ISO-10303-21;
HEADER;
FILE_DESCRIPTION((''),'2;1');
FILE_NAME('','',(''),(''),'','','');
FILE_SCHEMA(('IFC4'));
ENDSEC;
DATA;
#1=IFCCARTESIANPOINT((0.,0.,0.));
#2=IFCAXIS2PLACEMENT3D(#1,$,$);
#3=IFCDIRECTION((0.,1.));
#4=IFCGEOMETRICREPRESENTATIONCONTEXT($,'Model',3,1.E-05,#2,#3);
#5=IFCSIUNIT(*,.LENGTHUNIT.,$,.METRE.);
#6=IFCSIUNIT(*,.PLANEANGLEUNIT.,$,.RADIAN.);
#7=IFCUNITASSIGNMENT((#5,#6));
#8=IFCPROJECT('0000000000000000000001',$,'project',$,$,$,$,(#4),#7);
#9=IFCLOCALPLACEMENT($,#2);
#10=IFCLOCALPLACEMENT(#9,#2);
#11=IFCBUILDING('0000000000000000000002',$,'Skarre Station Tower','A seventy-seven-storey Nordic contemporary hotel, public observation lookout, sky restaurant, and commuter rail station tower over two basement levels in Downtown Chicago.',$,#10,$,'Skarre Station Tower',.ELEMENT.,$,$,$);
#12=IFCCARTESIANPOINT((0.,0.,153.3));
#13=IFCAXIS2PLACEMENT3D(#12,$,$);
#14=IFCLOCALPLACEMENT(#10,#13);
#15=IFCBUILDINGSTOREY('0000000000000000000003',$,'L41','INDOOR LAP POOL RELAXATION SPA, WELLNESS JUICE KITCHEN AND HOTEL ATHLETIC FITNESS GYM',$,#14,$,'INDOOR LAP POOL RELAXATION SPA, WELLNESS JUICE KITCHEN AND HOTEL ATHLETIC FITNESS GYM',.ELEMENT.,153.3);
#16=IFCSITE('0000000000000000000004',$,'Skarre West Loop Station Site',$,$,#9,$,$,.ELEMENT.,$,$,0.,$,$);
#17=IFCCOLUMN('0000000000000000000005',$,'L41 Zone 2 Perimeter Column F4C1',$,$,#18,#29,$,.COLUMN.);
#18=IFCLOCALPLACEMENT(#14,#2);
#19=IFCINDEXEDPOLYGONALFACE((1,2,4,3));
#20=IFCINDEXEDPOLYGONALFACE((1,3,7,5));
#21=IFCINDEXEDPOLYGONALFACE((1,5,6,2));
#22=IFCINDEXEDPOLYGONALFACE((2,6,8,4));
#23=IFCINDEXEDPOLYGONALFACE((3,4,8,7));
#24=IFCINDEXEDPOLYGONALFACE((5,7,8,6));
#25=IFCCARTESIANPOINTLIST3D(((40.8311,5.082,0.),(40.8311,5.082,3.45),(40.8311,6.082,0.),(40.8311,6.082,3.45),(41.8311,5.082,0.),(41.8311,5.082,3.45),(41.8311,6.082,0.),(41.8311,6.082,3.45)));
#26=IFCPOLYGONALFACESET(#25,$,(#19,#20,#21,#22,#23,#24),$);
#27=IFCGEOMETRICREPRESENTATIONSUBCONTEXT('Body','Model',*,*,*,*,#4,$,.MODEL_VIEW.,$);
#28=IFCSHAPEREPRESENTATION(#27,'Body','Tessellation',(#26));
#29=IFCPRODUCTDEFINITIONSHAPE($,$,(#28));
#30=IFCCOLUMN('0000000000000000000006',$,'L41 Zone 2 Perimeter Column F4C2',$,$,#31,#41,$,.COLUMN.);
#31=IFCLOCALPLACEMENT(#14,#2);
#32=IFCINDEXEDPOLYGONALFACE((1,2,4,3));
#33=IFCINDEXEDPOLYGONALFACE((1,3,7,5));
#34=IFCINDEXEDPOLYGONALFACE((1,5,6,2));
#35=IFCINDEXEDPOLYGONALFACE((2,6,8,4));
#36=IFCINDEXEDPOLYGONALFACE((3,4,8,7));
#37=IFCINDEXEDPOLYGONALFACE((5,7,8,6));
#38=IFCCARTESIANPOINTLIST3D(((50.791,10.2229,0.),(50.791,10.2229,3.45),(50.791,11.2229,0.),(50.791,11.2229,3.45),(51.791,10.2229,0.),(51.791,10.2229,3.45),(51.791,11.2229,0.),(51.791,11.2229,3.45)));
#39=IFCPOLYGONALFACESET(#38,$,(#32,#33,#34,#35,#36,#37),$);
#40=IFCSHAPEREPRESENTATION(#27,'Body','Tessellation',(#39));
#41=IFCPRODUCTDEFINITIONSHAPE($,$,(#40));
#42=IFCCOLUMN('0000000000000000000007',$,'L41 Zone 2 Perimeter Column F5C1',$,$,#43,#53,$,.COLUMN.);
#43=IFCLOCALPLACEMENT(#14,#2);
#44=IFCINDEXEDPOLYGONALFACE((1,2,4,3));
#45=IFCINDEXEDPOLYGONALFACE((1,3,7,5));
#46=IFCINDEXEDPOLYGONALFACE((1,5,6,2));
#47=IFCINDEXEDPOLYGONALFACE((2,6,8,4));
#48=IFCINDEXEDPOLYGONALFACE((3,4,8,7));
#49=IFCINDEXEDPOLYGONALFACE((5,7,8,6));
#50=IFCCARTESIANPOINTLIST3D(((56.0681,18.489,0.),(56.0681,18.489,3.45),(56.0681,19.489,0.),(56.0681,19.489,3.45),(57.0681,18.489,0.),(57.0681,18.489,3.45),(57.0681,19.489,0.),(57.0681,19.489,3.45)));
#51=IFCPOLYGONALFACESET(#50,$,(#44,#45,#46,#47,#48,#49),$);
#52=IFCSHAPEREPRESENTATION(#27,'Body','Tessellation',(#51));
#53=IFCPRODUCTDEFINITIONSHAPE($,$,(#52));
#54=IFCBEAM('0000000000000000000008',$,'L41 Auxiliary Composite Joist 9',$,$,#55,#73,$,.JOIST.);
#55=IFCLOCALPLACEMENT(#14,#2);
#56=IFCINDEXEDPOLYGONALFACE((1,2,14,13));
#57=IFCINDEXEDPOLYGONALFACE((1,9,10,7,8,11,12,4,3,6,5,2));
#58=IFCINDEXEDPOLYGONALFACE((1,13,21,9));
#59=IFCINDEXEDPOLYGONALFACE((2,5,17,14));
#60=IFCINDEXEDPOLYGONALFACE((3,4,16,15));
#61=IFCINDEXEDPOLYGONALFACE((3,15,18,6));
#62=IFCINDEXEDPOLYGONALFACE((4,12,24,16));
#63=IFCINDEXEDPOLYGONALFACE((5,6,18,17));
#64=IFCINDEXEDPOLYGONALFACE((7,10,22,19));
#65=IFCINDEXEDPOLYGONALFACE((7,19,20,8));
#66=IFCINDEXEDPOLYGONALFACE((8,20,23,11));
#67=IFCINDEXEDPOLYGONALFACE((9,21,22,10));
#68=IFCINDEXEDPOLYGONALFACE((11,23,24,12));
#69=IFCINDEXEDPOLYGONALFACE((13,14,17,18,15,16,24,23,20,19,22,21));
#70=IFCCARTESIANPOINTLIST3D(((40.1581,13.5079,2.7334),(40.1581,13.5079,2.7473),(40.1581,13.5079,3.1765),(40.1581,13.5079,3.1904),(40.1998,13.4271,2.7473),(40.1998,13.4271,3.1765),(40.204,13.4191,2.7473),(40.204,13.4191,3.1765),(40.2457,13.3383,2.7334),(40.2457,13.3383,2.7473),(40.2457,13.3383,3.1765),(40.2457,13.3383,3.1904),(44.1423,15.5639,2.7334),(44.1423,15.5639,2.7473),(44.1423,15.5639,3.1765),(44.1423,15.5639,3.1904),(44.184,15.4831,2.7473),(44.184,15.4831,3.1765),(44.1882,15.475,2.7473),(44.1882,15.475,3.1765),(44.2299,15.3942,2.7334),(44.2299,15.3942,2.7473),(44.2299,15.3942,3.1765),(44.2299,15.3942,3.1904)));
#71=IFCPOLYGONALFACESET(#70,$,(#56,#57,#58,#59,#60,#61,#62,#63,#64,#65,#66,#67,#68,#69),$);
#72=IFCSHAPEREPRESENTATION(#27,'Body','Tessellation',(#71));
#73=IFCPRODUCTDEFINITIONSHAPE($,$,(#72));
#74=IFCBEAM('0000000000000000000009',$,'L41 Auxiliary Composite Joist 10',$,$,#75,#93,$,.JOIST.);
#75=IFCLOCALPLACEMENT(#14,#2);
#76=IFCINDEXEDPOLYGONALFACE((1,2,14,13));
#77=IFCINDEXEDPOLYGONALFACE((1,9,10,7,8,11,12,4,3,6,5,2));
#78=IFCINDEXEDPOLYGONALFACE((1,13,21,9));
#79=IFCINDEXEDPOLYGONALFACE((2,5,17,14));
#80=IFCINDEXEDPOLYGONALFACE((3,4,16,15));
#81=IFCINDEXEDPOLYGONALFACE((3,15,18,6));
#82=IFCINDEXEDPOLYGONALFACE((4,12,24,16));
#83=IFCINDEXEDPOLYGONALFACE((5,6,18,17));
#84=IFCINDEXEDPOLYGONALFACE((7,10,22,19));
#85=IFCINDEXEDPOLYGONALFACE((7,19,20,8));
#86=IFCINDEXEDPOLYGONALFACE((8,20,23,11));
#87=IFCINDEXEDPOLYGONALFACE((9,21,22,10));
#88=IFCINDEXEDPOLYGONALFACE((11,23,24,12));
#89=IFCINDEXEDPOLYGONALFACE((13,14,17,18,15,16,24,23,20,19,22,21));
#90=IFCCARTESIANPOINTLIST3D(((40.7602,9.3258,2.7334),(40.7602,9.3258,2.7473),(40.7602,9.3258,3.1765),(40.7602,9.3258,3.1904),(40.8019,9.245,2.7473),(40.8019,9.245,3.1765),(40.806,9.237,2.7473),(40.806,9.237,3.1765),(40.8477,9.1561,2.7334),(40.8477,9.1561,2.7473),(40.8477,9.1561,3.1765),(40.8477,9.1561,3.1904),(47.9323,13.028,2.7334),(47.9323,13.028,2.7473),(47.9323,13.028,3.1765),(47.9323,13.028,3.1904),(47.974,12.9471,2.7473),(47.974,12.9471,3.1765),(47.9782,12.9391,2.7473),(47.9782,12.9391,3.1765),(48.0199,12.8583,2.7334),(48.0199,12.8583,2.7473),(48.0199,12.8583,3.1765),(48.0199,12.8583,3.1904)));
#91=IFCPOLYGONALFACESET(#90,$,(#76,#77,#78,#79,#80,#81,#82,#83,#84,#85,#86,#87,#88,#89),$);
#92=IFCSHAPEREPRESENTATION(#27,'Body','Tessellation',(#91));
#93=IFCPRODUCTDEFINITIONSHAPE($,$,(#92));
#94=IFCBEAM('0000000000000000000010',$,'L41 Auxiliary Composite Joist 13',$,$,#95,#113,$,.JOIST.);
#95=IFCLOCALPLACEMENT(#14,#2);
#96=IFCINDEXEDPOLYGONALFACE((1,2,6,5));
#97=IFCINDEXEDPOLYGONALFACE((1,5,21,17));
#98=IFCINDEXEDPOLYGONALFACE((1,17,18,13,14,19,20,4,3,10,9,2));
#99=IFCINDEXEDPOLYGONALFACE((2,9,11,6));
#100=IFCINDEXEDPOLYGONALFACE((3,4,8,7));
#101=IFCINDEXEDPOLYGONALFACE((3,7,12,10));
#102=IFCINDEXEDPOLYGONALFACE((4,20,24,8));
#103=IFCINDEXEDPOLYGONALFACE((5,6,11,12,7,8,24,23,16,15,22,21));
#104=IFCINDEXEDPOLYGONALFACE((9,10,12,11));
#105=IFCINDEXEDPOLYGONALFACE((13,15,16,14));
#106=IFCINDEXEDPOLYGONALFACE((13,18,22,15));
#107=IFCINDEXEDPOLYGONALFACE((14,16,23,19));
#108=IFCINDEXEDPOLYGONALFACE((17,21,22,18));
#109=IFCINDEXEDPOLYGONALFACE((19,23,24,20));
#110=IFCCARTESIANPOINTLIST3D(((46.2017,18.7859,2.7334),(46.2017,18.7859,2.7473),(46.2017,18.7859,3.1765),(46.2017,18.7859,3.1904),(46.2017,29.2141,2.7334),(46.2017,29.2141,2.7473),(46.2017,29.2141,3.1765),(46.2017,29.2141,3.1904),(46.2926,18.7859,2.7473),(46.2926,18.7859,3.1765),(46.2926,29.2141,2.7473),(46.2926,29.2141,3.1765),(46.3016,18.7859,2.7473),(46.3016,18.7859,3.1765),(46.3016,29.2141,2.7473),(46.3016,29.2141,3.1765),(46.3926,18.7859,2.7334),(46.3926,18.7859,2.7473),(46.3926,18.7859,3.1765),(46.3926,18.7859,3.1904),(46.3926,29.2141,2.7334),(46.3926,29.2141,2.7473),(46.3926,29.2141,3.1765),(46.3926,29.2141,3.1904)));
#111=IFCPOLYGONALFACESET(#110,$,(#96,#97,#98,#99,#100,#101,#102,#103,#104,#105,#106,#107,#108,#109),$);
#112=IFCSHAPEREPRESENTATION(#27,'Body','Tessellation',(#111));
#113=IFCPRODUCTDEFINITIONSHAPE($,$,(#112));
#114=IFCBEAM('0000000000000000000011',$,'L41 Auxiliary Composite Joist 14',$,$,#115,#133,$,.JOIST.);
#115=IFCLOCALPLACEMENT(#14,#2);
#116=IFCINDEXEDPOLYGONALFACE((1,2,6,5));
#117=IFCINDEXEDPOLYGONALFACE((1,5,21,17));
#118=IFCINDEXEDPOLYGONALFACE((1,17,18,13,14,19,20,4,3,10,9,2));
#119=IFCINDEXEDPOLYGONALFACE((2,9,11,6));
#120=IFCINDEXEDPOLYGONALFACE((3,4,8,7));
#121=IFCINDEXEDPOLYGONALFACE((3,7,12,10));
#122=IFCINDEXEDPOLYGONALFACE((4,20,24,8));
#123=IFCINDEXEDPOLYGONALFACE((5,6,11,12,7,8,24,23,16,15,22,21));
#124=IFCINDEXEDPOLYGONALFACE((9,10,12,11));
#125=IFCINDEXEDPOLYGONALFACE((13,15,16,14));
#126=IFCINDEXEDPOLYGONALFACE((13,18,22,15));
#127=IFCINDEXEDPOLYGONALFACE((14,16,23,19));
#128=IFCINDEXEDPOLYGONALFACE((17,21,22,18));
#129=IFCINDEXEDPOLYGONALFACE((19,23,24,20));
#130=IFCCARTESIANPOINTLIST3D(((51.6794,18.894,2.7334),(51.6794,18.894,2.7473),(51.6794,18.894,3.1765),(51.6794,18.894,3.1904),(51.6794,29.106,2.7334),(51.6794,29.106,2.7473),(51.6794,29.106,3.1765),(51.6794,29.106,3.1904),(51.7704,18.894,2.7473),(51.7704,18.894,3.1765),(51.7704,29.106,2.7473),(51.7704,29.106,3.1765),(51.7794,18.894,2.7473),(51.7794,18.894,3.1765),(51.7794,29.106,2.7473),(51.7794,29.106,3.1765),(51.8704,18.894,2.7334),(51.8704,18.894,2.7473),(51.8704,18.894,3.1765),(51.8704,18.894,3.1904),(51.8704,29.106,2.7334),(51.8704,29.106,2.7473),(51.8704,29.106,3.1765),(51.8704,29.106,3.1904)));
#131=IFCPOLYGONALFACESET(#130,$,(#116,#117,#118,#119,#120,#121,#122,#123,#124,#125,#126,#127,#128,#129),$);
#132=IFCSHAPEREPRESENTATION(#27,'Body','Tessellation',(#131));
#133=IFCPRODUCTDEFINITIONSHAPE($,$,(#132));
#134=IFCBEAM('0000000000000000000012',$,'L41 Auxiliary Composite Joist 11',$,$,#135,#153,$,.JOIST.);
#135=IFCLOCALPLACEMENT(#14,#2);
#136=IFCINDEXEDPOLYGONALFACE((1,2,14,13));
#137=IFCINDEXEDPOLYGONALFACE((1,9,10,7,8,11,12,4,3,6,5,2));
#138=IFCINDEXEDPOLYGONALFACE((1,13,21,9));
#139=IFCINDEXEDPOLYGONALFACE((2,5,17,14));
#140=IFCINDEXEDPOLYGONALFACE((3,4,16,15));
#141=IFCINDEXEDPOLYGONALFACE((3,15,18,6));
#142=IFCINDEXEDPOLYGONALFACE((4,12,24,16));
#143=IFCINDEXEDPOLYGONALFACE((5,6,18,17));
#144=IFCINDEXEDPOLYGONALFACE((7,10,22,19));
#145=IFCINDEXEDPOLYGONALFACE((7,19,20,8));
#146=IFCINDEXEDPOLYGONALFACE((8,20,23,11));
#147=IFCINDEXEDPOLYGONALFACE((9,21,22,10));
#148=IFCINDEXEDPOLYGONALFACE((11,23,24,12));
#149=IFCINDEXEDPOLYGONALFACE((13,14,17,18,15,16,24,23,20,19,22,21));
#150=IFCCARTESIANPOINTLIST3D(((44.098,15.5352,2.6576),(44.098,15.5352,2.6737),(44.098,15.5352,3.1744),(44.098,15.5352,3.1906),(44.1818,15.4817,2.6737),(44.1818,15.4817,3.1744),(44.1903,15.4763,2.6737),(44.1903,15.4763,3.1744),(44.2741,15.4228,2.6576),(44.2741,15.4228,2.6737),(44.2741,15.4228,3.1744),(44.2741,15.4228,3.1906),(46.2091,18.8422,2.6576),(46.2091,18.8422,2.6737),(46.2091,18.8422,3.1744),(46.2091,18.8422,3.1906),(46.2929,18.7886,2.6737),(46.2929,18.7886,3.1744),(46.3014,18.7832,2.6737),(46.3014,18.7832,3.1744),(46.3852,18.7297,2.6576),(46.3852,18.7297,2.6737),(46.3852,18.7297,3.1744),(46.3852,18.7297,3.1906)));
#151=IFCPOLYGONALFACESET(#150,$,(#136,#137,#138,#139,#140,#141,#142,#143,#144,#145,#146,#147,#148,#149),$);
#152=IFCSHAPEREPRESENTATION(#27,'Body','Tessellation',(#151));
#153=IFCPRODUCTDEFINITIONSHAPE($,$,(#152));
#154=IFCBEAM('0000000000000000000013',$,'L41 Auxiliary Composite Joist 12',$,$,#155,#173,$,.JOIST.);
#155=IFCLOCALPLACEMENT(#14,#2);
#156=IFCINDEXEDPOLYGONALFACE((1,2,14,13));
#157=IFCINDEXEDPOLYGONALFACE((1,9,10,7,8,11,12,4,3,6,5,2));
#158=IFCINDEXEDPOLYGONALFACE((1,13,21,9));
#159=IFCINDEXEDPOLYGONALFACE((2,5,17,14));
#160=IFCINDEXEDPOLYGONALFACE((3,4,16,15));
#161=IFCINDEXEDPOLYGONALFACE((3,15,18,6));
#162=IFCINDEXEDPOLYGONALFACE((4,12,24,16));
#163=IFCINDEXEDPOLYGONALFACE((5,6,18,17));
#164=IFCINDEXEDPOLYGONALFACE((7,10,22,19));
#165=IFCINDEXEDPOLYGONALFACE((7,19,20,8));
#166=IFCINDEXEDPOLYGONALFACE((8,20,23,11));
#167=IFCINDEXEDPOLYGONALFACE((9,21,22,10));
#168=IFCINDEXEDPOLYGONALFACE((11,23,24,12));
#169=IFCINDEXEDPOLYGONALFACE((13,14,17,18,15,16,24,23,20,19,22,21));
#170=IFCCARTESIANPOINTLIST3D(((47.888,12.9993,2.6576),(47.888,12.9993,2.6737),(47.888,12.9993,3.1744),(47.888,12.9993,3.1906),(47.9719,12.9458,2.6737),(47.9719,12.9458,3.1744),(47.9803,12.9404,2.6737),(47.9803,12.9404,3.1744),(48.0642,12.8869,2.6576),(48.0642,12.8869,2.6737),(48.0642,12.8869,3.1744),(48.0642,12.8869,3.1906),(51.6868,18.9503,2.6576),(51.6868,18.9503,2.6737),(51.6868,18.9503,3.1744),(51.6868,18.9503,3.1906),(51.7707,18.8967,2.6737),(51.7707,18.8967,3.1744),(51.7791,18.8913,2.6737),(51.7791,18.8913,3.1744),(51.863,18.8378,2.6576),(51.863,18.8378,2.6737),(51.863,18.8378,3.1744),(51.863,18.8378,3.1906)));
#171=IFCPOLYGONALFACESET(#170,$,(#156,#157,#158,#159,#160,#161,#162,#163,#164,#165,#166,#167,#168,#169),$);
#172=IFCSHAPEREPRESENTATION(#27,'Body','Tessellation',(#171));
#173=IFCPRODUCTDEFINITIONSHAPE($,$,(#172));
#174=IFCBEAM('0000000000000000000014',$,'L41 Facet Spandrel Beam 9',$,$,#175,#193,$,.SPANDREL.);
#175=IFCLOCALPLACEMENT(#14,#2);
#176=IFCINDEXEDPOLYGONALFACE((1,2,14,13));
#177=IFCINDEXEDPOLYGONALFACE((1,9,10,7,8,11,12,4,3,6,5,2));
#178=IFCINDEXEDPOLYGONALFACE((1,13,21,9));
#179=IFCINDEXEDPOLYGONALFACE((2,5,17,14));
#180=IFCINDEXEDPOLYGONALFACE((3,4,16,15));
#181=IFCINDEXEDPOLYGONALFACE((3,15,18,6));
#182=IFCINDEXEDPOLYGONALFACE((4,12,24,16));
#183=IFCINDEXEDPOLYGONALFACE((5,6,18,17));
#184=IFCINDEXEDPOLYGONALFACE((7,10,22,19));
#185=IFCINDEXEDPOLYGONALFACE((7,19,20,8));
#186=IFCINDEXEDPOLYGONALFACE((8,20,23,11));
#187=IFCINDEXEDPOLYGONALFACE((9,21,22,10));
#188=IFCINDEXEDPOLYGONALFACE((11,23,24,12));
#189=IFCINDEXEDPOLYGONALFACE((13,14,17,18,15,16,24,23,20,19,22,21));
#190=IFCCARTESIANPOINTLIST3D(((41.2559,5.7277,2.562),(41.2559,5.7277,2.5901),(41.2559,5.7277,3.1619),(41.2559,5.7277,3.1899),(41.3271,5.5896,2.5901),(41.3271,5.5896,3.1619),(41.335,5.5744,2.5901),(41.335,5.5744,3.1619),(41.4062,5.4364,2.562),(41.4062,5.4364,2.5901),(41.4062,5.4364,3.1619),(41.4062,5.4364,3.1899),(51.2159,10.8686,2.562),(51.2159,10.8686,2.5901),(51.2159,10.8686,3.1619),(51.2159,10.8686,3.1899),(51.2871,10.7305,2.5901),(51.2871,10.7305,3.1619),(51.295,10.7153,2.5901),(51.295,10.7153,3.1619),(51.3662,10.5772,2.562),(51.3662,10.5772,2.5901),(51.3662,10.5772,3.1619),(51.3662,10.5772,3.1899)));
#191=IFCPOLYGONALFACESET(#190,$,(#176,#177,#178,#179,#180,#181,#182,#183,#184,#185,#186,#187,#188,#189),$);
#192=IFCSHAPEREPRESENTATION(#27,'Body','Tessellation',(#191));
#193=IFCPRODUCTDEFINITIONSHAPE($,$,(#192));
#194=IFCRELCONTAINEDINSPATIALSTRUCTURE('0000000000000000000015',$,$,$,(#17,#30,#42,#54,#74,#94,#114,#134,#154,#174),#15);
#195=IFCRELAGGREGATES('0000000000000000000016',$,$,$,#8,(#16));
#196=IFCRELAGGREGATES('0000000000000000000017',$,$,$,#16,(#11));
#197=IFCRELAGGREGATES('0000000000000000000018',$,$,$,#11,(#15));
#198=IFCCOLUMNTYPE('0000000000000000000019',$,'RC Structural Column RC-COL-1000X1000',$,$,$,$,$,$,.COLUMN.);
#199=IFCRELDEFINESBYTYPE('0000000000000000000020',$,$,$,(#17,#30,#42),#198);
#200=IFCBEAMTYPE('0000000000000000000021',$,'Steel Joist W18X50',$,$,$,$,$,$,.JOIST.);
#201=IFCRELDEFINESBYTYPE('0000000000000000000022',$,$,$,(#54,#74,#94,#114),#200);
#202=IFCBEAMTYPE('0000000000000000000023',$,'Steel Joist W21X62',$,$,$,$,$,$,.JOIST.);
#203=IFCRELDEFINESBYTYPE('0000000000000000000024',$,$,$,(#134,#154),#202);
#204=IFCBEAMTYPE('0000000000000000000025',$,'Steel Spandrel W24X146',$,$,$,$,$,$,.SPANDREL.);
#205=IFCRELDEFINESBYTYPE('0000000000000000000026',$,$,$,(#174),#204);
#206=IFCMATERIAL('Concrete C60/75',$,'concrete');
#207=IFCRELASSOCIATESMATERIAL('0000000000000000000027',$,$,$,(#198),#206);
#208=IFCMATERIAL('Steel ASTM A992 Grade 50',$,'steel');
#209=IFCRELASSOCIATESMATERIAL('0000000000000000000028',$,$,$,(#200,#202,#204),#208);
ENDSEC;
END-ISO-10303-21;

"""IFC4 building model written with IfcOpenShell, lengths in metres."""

from ifc_helpers import new_model, si_unit, direction, frame, origin, origin_2d, place, context, subcontext, project, spatial, rectangle, i_section, extrude, material, material_profile, profile_set, type_object, element, save


model = new_model("IFC4")

# Units and contexts
model_context = context("Model", 3, precision=1e-05, world=origin(), true_north=direction((0.0, 1.0)))
body_context = subcontext(model_context, "Body", "Model", "MODEL_VIEW")
ifc_project = project(units=[si_unit("LENGTHUNIT", "METRE"), si_unit("PLANEANGLEUNIT", "RADIAN")], contexts=[model_context])

# Site, building, storey
site_placement = place(None, origin())
site = spatial("IfcSite", under=ifc_project, at=site_placement, Name="Skarre West Loop Station Site", CompositionType="ELEMENT", RefElevation=0.0)
building_placement = place(site_placement, origin())
building = spatial("IfcBuilding", under=site, at=building_placement, Name="Skarre Station Tower", Description="A seventy-seven-storey Nordic contemporary hotel, public observation lookout, sky restaurant, and commuter rail station tower over two basement levels in Downtown Chicago.", LongName="Skarre Station Tower", CompositionType="ELEMENT")
storey_placement = place(building_placement, frame((0.0, 0.0, 153.3)))
storey = spatial("IfcBuildingStorey", under=building, at=storey_placement, Name="L41", Description="INDOOR LAP POOL RELAXATION SPA, WELLNESS JUICE KITCHEN AND HOTEL ATHLETIC FITNESS GYM", LongName="INDOOR LAP POOL RELAXATION SPA, WELLNESS JUICE KITCHEN AND HOTEL ATHLETIC FITNESS GYM", CompositionType="ELEMENT", Elevation=153.3)

# Columns
ifc_material_1 = material(Name="Concrete C60/75", Category="concrete")
ifc_material_profile_1 = material_profile(ifc_material_1, rectangle(XDim=1.0, YDim=1.0, at=origin_2d()), Name="Concrete C60/75")
ifc_profile_set_1 = profile_set([ifc_material_profile_1], Name="Concrete C60/75")
column_type = type_object("IfcColumnType", Name="RC Structural Column RC-COL-1000X1000", PredefinedType="COLUMN", material=ifc_profile_set_1)
for number, where, z_axis, x_axis, name in (
    (1, (41.3311, 5.582, 0.0), (0.0, 0.0, 1.0), (1.0, 0.0, 0.0), "L41 Zone 2 Perimeter Column F4C1"),
    (2, (51.291, 10.7229, 0.0), (0.0, 0.0, 1.0), (1.0, 0.0, 0.0), "L41 Zone 2 Perimeter Column F4C2"),
    (3, (56.5681, 18.989, 0.0), (0.0, 0.0, 1.0), (1.0, 0.0, 0.0), "L41 Zone 2 Perimeter Column F5C1"),
):
    element("IfcColumn", number, at=place(storey_placement, frame(where, z_axis=z_axis, x_axis=x_axis)), inside=storey, type_object=column_type, Name=name, PredefinedType="COLUMN", context=body_context, shape_type="SweptSolid", body=[
        extrude(rectangle(XDim=1.0, YDim=1.0, at=origin_2d()), origin(), (0.0, 0.0, 1.0), 3.45),
    ])

# Beams
ifc_material_2 = material(Name="Steel ASTM A992 Grade 50", Category="steel")
ifc_material_profile_2 = material_profile(ifc_material_2, i_section(OverallWidth=0.1909, OverallDepth=0.457, WebThickness=0.009, FlangeThickness=0.0139, at=origin_2d()), Name="Steel ASTM A992 Grade 50")
ifc_profile_set_2 = profile_set([ifc_material_profile_2], Name="Steel ASTM A992 Grade 50")
beam_type_1 = type_object("IfcBeamType", Name="Steel Joist W18X50", PredefinedType="JOIST", material=ifc_profile_set_2)
beam_1_placement = place(storey_placement, frame((40.2019, 13.4231, 2.9619), z_axis=(0.888659, 0.458569, 0.0), x_axis=(-0.458569, 0.888659, 0.0)))
element("IfcBeam", 4, at=beam_1_placement, inside=storey, type_object=beam_type_1, Name="L41 Auxiliary Composite Joist 9", PredefinedType="JOIST", context=body_context, shape_type="SweptSolid", body=[
    extrude(i_section(OverallWidth=0.1909, OverallDepth=0.457, WebThickness=0.009, FlangeThickness=0.0139, at=origin_2d()), origin(), (0.0, 0.0, 1.0), 4.4834),
])
beam_2_placement = place(storey_placement, frame((40.804, 9.241, 2.9619), z_axis=(0.8886, 0.458683, 0.0), x_axis=(-0.458683, 0.8886, 0.0)))
element("IfcBeam", 5, at=beam_2_placement, inside=storey, type_object=beam_type_1, Name="L41 Auxiliary Composite Joist 10", PredefinedType="JOIST", context=body_context, shape_type="SweptSolid", body=[
    extrude(i_section(OverallWidth=0.1909, OverallDepth=0.457, WebThickness=0.009, FlangeThickness=0.0139, at=origin_2d()), origin(), (0.0, 0.0, 1.0), 8.0713),
])
beam_3_placement = place(storey_placement, frame((46.2971, 18.7859, 2.9619), z_axis=(0.0, 1.0, 0.0), x_axis=(-1.0, 0.0, 0.0)))
element("IfcBeam", 6, at=beam_3_placement, inside=storey, type_object=beam_type_1, Name="L41 Auxiliary Composite Joist 13", PredefinedType="JOIST", context=body_context, shape_type="SweptSolid", body=[
    extrude(i_section(OverallWidth=0.1909, OverallDepth=0.457, WebThickness=0.009, FlangeThickness=0.0139, at=origin_2d()), origin(), (0.0, 0.0, 1.0), 10.4282),
])
beam_4_placement = place(storey_placement, frame((51.7749, 18.894, 2.9619), z_axis=(0.0, 1.0, 0.0), x_axis=(-1.0, 0.0, 0.0)))
element("IfcBeam", 7, at=beam_4_placement, inside=storey, type_object=beam_type_1, Name="L41 Auxiliary Composite Joist 14", PredefinedType="JOIST", context=body_context, shape_type="SweptSolid", body=[
    extrude(i_section(OverallWidth=0.1909, OverallDepth=0.457, WebThickness=0.009, FlangeThickness=0.0139, at=origin_2d()), origin(), (0.0, 0.0, 1.0), 10.2119),
])
ifc_material_profile_3 = material_profile(ifc_material_2, i_section(OverallWidth=0.209, OverallDepth=0.533, WebThickness=0.01, FlangeThickness=0.0161, at=origin_2d()), Name="Steel ASTM A992 Grade 50")
ifc_profile_set_3 = profile_set([ifc_material_profile_3], Name="Steel ASTM A992 Grade 50")
beam_type_2 = type_object("IfcBeamType", Name="Steel Joist W21X62", PredefinedType="JOIST", material=ifc_profile_set_3)
beam_5_placement = place(storey_placement, frame((44.186, 15.479, 2.9241), z_axis=(0.538091, 0.842887, 0.0), x_axis=(-0.842887, 0.538091, 0.0)))
element("IfcBeam", 8, at=beam_5_placement, inside=storey, type_object=beam_type_2, Name="L41 Auxiliary Composite Joist 11", PredefinedType="JOIST", context=body_context, shape_type="SweptSolid", body=[
    extrude(i_section(OverallWidth=0.209, OverallDepth=0.533, WebThickness=0.01, FlangeThickness=0.0161, at=origin_2d()), origin(), (0.0, 0.0, 1.0), 3.9233),
])
beam_6_placement = place(storey_placement, frame((47.9761, 12.9431, 2.9241), z_axis=(0.538072, 0.842899, 0.0), x_axis=(-0.842899, 0.538072, 0.0)))
element("IfcBeam", 9, at=beam_6_placement, inside=storey, type_object=beam_type_2, Name="L41 Auxiliary Composite Joist 12", PredefinedType="JOIST", context=body_context, shape_type="SweptSolid", body=[
    extrude(i_section(OverallWidth=0.209, OverallDepth=0.533, WebThickness=0.01, FlangeThickness=0.0161, at=origin_2d()), origin(), (0.0, 0.0, 1.0), 7.0601),
])
ifc_material_profile_4 = material_profile(ifc_material_2, i_section(OverallWidth=0.3279, OverallDepth=0.6279, WebThickness=0.0171, FlangeThickness=0.0281, at=origin_2d()), Name="Steel ASTM A992 Grade 50")
ifc_profile_set_4 = profile_set([ifc_material_profile_4], Name="Steel ASTM A992 Grade 50")
beam_type_3 = type_object("IfcBeamType", Name="Steel Spandrel W24X146", PredefinedType="SPANDREL", material=ifc_profile_set_4)
beam_7_placement = place(storey_placement, frame((41.3311, 5.582, 2.876), z_axis=(0.888612, 0.45866, 0.0), x_axis=(-0.45866, 0.888612, 0.0)))
element("IfcBeam", 10, at=beam_7_placement, inside=storey, type_object=beam_type_3, Name="L41 Facet Spandrel Beam 9", PredefinedType="SPANDREL", context=body_context, shape_type="SweptSolid", body=[
    extrude(i_section(OverallWidth=0.3279, OverallDepth=0.6279, WebThickness=0.0171, FlangeThickness=0.0281, at=origin_2d()), origin(), (0.0, 0.0, 1.0), 11.2085),
])

save(model, "model.ifc")
